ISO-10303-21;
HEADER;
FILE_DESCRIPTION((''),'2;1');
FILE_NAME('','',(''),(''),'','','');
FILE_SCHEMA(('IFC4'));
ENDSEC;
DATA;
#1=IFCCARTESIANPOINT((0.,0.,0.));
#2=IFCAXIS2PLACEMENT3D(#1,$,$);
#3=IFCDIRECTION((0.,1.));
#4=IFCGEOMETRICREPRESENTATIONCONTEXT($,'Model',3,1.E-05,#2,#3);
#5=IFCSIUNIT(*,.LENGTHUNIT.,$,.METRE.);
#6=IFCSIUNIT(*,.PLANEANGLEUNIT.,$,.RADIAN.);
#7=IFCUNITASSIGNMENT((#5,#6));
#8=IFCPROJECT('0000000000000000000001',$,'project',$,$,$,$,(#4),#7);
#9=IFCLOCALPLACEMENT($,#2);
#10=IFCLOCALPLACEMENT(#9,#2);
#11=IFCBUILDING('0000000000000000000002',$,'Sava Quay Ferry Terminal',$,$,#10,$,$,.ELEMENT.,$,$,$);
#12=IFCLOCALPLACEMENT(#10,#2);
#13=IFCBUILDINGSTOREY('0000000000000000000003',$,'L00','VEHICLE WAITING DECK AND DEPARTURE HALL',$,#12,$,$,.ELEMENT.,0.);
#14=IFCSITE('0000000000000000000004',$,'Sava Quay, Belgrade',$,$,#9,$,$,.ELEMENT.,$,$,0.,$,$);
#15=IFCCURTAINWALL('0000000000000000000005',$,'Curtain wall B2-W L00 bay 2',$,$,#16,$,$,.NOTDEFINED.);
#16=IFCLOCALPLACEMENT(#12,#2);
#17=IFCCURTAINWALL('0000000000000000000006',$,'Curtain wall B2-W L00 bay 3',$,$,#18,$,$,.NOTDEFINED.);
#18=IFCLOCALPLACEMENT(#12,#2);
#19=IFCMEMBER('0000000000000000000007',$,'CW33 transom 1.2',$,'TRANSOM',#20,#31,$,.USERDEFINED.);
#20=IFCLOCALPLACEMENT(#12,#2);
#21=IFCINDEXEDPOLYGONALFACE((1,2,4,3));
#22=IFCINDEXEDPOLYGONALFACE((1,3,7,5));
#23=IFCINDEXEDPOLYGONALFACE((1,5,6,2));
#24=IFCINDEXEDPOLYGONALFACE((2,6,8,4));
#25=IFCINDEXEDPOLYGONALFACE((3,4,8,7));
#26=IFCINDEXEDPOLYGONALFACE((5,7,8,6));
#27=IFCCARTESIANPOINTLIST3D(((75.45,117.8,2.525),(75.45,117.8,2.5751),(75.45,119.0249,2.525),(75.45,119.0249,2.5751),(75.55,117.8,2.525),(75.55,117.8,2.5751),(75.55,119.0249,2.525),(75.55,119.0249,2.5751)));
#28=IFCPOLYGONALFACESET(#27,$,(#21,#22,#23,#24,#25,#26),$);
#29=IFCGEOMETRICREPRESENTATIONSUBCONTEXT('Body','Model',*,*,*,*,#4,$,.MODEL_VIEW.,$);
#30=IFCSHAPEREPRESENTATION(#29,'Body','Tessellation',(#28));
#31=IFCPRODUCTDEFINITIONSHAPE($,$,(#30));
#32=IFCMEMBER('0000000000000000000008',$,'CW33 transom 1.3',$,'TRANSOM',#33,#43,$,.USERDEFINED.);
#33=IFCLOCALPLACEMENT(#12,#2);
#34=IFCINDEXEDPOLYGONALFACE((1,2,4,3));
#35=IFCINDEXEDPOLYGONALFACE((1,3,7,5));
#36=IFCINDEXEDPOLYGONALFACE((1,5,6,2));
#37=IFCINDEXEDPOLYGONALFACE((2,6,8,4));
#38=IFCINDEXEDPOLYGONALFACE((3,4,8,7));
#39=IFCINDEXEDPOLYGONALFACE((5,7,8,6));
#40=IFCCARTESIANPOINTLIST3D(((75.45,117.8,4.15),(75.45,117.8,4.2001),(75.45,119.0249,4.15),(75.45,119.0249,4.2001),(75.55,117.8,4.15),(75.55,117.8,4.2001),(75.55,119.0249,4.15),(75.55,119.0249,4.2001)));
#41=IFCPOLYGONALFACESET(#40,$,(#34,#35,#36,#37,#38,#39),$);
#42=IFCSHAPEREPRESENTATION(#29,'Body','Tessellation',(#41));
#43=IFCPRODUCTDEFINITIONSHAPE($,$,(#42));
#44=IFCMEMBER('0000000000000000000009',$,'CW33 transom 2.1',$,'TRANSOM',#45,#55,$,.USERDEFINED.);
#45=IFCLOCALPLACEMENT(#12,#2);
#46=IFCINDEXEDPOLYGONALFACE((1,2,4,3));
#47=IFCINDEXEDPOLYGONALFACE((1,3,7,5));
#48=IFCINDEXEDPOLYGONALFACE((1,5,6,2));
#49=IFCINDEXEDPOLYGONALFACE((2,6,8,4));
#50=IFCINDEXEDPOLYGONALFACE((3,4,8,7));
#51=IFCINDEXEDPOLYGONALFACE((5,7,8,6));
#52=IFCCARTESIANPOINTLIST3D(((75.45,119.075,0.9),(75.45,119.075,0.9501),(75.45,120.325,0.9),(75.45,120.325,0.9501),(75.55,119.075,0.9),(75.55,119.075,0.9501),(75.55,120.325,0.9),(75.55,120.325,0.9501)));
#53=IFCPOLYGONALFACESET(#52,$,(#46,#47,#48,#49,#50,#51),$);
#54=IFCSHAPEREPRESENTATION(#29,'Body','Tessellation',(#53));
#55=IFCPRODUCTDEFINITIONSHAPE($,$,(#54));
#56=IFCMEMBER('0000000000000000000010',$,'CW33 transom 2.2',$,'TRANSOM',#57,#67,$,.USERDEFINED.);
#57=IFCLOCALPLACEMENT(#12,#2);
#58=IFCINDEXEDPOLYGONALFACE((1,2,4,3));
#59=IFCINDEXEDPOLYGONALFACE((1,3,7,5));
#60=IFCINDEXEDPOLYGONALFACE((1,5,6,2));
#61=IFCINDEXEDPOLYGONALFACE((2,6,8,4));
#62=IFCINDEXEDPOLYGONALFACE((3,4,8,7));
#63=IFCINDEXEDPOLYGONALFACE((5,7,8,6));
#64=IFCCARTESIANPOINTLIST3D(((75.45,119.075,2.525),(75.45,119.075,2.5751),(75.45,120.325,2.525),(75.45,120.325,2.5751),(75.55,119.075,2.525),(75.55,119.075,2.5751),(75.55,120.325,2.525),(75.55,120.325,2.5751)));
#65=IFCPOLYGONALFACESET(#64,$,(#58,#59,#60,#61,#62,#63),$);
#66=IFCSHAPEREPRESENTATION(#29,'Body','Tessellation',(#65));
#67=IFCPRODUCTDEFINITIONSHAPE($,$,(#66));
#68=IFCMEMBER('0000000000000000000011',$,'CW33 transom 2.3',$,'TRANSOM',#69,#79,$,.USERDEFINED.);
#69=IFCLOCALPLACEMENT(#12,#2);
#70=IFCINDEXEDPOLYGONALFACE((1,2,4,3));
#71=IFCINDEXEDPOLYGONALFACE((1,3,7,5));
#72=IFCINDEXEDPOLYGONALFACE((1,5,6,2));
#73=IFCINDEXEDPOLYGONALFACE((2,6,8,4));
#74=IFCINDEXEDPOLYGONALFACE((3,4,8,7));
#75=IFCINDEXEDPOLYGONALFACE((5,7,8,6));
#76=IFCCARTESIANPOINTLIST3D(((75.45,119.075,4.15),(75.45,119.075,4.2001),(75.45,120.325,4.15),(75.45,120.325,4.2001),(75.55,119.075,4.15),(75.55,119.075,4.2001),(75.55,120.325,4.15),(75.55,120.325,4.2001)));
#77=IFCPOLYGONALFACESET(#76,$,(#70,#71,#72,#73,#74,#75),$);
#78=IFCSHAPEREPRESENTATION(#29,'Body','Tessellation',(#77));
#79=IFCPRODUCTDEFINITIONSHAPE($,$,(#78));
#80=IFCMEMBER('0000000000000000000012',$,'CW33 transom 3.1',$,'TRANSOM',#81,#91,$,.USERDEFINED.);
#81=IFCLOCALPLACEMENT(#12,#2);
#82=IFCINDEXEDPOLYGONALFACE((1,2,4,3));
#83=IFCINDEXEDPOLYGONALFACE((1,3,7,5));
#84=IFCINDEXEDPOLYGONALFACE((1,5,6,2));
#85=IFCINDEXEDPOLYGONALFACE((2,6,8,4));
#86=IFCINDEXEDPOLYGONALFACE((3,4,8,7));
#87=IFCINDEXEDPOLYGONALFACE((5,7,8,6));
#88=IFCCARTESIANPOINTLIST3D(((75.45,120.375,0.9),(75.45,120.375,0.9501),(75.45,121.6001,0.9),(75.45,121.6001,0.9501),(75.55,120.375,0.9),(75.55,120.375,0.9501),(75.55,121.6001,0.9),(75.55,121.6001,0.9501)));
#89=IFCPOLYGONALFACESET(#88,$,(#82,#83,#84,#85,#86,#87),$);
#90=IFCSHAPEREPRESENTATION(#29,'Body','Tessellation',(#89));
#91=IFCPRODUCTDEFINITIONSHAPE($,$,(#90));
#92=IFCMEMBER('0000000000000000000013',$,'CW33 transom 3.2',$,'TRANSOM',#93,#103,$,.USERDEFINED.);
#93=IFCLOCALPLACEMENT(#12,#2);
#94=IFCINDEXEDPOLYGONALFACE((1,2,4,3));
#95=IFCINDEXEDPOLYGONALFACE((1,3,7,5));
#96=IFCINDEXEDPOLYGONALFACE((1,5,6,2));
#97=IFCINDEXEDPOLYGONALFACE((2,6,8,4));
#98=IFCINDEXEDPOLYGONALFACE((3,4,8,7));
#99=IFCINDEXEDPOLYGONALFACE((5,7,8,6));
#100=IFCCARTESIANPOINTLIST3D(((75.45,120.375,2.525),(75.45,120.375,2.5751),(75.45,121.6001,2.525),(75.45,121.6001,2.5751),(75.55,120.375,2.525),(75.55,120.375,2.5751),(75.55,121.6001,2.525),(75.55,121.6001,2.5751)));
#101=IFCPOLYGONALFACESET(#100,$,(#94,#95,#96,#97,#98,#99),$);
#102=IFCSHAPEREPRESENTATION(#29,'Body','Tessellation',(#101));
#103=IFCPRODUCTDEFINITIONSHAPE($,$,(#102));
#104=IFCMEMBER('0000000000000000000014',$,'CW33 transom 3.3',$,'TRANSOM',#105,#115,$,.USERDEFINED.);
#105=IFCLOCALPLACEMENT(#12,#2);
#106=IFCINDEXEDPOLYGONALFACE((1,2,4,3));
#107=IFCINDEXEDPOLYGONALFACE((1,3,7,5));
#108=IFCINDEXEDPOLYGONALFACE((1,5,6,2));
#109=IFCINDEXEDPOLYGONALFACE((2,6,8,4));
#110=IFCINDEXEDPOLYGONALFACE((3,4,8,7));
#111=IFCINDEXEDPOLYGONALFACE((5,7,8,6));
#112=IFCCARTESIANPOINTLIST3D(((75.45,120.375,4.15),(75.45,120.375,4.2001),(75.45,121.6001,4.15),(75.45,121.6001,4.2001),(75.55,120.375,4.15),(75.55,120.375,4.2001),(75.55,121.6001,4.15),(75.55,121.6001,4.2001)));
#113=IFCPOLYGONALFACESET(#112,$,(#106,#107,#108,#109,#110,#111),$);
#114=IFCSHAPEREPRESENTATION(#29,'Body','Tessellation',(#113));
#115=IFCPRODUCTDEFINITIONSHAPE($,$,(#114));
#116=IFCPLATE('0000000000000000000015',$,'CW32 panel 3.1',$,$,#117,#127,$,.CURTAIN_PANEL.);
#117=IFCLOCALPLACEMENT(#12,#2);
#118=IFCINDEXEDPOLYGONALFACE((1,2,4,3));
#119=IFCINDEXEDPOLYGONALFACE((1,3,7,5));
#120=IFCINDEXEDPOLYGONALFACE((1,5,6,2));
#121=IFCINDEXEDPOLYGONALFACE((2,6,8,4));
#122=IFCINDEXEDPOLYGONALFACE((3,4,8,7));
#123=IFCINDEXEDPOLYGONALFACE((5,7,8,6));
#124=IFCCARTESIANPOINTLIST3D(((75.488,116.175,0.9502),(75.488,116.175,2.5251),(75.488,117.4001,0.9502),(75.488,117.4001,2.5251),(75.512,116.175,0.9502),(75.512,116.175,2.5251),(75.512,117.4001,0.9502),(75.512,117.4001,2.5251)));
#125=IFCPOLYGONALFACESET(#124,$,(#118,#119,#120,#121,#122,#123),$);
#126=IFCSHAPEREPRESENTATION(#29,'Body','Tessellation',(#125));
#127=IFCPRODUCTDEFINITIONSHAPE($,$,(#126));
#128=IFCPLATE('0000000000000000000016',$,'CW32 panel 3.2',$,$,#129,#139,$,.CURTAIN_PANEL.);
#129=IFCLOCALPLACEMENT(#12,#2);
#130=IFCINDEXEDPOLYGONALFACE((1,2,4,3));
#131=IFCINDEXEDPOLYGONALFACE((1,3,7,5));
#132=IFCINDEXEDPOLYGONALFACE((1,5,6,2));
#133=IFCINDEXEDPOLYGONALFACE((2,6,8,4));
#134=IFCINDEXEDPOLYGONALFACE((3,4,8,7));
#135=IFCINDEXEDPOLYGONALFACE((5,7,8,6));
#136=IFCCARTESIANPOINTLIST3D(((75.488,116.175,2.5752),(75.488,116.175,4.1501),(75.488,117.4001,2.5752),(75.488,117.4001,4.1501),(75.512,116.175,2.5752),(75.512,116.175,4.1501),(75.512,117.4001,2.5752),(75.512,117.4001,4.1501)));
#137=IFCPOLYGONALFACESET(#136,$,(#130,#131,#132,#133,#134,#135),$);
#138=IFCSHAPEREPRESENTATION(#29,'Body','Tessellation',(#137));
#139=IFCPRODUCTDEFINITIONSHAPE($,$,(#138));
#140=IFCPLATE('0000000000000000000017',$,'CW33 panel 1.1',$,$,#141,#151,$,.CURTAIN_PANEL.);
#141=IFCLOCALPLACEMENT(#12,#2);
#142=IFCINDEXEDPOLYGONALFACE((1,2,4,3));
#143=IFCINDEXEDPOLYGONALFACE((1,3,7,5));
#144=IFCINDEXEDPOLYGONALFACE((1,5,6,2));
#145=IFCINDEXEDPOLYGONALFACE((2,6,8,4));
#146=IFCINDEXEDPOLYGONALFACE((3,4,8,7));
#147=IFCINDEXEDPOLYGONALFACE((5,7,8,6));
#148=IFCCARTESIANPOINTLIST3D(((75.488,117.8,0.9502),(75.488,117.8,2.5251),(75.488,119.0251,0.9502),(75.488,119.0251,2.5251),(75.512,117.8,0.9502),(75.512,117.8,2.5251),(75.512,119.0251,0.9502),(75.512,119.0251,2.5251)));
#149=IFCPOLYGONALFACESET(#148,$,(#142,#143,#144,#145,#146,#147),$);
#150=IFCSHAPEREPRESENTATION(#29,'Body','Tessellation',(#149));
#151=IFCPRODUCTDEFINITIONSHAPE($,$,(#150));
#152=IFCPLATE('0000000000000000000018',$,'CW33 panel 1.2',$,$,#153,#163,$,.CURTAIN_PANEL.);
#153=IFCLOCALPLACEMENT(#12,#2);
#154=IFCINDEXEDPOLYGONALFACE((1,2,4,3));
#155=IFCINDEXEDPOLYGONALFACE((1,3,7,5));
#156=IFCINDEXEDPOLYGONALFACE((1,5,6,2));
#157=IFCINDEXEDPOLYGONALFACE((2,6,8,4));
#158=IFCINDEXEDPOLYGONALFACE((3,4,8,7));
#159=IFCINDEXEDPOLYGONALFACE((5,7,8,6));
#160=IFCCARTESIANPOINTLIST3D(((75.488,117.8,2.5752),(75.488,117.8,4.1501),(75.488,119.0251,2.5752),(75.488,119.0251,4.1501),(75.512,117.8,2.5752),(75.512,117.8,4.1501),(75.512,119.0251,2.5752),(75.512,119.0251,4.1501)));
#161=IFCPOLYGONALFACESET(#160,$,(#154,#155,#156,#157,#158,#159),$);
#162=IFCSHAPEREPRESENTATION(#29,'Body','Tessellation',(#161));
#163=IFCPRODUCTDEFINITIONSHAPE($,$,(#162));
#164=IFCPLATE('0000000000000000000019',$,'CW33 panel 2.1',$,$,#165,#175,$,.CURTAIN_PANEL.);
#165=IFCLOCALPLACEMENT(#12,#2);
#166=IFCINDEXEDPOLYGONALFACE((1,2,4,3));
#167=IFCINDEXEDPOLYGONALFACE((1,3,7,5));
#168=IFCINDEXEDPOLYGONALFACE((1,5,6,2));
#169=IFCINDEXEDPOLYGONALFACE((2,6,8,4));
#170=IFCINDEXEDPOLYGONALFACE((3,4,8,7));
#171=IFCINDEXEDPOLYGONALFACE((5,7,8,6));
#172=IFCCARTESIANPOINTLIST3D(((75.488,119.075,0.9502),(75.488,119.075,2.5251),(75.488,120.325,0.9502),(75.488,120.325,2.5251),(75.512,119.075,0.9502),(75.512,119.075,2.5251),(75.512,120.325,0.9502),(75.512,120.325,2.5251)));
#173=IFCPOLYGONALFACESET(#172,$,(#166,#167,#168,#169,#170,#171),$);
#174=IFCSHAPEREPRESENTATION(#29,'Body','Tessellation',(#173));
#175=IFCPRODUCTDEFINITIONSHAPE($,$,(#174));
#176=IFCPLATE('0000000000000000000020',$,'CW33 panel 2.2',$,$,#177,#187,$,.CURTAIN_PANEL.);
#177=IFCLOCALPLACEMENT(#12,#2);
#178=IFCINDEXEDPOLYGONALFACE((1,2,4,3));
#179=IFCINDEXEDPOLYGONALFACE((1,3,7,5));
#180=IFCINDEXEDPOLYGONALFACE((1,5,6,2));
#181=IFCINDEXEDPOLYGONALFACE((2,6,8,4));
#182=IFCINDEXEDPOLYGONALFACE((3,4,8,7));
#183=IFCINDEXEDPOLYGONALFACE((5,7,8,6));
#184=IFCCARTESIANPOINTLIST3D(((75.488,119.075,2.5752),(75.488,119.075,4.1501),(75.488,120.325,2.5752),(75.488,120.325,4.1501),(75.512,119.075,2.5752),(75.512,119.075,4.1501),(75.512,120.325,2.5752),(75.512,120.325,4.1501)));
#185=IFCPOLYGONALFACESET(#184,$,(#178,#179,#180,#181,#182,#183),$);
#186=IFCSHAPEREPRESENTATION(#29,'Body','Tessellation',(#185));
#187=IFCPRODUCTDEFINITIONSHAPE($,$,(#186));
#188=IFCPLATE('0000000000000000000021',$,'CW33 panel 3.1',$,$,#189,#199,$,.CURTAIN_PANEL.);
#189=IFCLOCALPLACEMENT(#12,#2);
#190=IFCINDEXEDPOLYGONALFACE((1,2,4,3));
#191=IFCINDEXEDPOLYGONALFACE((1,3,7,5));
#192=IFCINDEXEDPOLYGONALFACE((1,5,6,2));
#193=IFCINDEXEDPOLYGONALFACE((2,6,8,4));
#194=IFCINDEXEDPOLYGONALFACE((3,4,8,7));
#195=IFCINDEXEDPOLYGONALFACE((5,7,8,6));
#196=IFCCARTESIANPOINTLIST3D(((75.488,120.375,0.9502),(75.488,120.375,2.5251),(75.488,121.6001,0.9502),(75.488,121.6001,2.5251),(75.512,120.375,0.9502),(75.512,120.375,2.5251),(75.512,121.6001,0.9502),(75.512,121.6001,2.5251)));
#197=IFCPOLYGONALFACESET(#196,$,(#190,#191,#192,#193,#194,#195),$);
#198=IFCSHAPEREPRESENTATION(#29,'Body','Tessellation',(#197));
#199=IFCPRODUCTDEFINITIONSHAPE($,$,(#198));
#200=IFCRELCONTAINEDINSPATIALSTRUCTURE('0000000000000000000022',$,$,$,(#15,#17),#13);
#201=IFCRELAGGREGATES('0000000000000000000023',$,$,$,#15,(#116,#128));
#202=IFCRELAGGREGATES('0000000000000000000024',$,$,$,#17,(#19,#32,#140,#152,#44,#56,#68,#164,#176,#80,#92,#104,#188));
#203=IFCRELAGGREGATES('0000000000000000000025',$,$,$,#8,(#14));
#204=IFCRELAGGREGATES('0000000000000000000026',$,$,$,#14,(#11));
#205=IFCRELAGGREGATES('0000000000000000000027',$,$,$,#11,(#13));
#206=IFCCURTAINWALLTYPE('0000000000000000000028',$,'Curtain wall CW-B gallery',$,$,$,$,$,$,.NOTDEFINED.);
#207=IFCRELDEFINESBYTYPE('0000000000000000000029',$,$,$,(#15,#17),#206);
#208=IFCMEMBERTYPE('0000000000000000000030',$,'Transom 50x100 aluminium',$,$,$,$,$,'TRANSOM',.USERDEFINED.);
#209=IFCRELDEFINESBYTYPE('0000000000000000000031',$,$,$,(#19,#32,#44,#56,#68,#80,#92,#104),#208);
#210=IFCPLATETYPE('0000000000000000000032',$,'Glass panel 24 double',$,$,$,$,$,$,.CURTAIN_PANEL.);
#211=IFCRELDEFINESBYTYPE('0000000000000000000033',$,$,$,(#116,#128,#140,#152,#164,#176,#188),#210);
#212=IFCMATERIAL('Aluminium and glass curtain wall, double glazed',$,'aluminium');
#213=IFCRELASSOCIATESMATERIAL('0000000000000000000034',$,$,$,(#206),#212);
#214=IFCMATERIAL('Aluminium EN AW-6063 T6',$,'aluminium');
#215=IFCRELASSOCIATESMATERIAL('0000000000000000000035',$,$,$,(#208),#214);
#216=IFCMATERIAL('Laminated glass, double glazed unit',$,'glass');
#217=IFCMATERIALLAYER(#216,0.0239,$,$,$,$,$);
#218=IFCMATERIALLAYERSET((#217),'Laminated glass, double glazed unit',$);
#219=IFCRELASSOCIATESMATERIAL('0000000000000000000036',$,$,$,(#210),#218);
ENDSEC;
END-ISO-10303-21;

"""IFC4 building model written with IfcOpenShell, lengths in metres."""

from ifc_helpers import new_model, si_unit, direction, frame, origin, origin_2d, place, context, subcontext, project, spatial, rectangle, extrude, material, layer, layer_set, material_profile, profile_set, type_object, element, aggregate, save


model = new_model("IFC4")

# Units and contexts
model_context = context("Model", 3, precision=1e-05, world=origin(), true_north=direction((0.0, 1.0)))
body_context = subcontext(model_context, "Body", "Model", "MODEL_VIEW")
ifc_project = project(units=[si_unit("LENGTHUNIT", "METRE"), si_unit("PLANEANGLEUNIT", "RADIAN")], contexts=[model_context])

# Site, building, storey
site_placement = place(None, origin())
site = spatial("IfcSite", under=ifc_project, at=site_placement, Name="Sava Quay, Belgrade", CompositionType="ELEMENT", RefElevation=0.0)
building_placement = place(site_placement, origin())
building = spatial("IfcBuilding", under=site, at=building_placement, Name="Sava Quay Ferry Terminal", CompositionType="ELEMENT")
storey_placement = place(building_placement, origin())
storey = spatial("IfcBuildingStorey", under=building, at=storey_placement, Name="L00", Description="VEHICLE WAITING DECK AND DEPARTURE HALL", CompositionType="ELEMENT", Elevation=0.0)

# Curtain walls
ifc_material_1 = material(Name="Aluminium and glass curtain wall, double glazed", Category="aluminium")
curtain_wall_type = type_object("IfcCurtainWallType", Name="Curtain wall CW-B gallery", PredefinedType="NOTDEFINED", material=ifc_material_1)
curtain_wall_1_placement = place(storey_placement, origin())
curtain_wall_1 = element("IfcCurtainWall", 1, at=curtain_wall_1_placement, inside=storey, type_object=curtain_wall_type, Name="Curtain wall B2-W L00 bay 2", PredefinedType="NOTDEFINED")
curtain_wall_2_placement = place(storey_placement, origin())
curtain_wall_2 = element("IfcCurtainWall", 2, at=curtain_wall_2_placement, inside=storey, type_object=curtain_wall_type, Name="Curtain wall B2-W L00 bay 3", PredefinedType="NOTDEFINED")

# Members
ifc_material_2 = material(Name="Aluminium EN AW-6063 T6", Category="aluminium")
ifc_material_profile_1 = material_profile(ifc_material_2, rectangle(XDim=0.1001, YDim=0.05, at=origin_2d()), Name="Transom 50x100 aluminium")
ifc_profile_set_1 = profile_set([ifc_material_profile_1], Name="Aluminium EN AW-6063 T6")
member_type_1 = type_object("IfcMemberType", Name="Transom 50x100 aluminium", ElementType="TRANSOM", PredefinedType="USERDEFINED", material=ifc_profile_set_1)
member_1_placement = place(storey_placement, frame((75.5, 117.8, 2.55), z_axis=(0.0, 1.0, 0.0), x_axis=(-1.0, 0.0, 0.0)))
member_1 = element("IfcMember", 3, at=member_1_placement, type_object=member_type_1, Name="CW33 transom 1.2", ObjectType="TRANSOM", PredefinedType="USERDEFINED", context=body_context, shape_type="SweptSolid", body=[
    extrude(rectangle(XDim=0.1001, YDim=0.05, at=origin_2d()), origin(), (0.0, 0.0, 1.0), 1.2249),
])
member_2_placement = place(storey_placement, frame((75.5, 117.8, 4.175), z_axis=(0.0, 1.0, 0.0), x_axis=(-1.0, 0.0, 0.0)))
member_2 = element("IfcMember", 4, at=member_2_placement, type_object=member_type_1, Name="CW33 transom 1.3", ObjectType="TRANSOM", PredefinedType="USERDEFINED", context=body_context, shape_type="SweptSolid", body=[
    extrude(rectangle(XDim=0.1001, YDim=0.05, at=origin_2d()), origin(), (0.0, 0.0, 1.0), 1.2249),
])
member_3_placement = place(storey_placement, frame((75.5, 119.075, 0.925), z_axis=(0.0, 1.0, 0.0), x_axis=(-1.0, 0.0, 0.0)))
member_3 = element("IfcMember", 5, at=member_3_placement, type_object=member_type_1, Name="CW33 transom 2.1", ObjectType="TRANSOM", PredefinedType="USERDEFINED", context=body_context, shape_type="SweptSolid", body=[
    extrude(rectangle(XDim=0.1001, YDim=0.05, at=origin_2d()), origin(), (0.0, 0.0, 1.0), 1.25),
])
member_4_placement = place(storey_placement, frame((75.5, 119.075, 2.55), z_axis=(0.0, 1.0, 0.0), x_axis=(-1.0, 0.0, 0.0)))
member_4 = element("IfcMember", 6, at=member_4_placement, type_object=member_type_1, Name="CW33 transom 2.2", ObjectType="TRANSOM", PredefinedType="USERDEFINED", context=body_context, shape_type="SweptSolid", body=[
    extrude(rectangle(XDim=0.1001, YDim=0.05, at=origin_2d()), origin(), (0.0, 0.0, 1.0), 1.25),
])
member_5_placement = place(storey_placement, frame((75.5, 119.075, 4.175), z_axis=(0.0, 1.0, 0.0), x_axis=(-1.0, 0.0, 0.0)))
member_5 = element("IfcMember", 7, at=member_5_placement, type_object=member_type_1, Name="CW33 transom 2.3", ObjectType="TRANSOM", PredefinedType="USERDEFINED", context=body_context, shape_type="SweptSolid", body=[
    extrude(rectangle(XDim=0.1001, YDim=0.05, at=origin_2d()), origin(), (0.0, 0.0, 1.0), 1.25),
])
member_6_placement = place(storey_placement, frame((75.5, 120.375, 0.925), z_axis=(0.0, 1.0, 0.0), x_axis=(-1.0, 0.0, 0.0)))
member_6 = element("IfcMember", 8, at=member_6_placement, type_object=member_type_1, Name="CW33 transom 3.1", ObjectType="TRANSOM", PredefinedType="USERDEFINED", context=body_context, shape_type="SweptSolid", body=[
    extrude(rectangle(XDim=0.1001, YDim=0.05, at=origin_2d()), origin(), (0.0, 0.0, 1.0), 1.2251),
])
member_7_placement = place(storey_placement, frame((75.5, 120.375, 2.55), z_axis=(0.0, 1.0, 0.0), x_axis=(-1.0, 0.0, 0.0)))
member_7 = element("IfcMember", 9, at=member_7_placement, type_object=member_type_1, Name="CW33 transom 3.2", ObjectType="TRANSOM", PredefinedType="USERDEFINED", context=body_context, shape_type="SweptSolid", body=[
    extrude(rectangle(XDim=0.1001, YDim=0.05, at=origin_2d()), origin(), (0.0, 0.0, 1.0), 1.2251),
])
member_8_placement = place(storey_placement, frame((75.5, 120.375, 4.175), z_axis=(0.0, 1.0, 0.0), x_axis=(-1.0, 0.0, 0.0)))
member_8 = element("IfcMember", 10, at=member_8_placement, type_object=member_type_1, Name="CW33 transom 3.3", ObjectType="TRANSOM", PredefinedType="USERDEFINED", context=body_context, shape_type="SweptSolid", body=[
    extrude(rectangle(XDim=0.1001, YDim=0.05, at=origin_2d()), origin(), (0.0, 0.0, 1.0), 1.2251),
])

# Plates
ifc_material_3 = material(Name="Laminated glass, double glazed unit", Category="glass")
ifc_layer_1 = layer(ifc_material_3, 0.0239)
ifc_layer_set_1 = layer_set([ifc_layer_1], Name="Laminated glass, double glazed unit")
plate_type = type_object("IfcPlateType", Name="Glass panel 24 double", PredefinedType="CURTAIN_PANEL", material=ifc_layer_set_1)
plate_1_placement = place(storey_placement, frame((75.5, 116.7876, 0.9502), z_axis=(0.0, 0.0, 1.0), x_axis=(0.0, 1.0, 0.0)))
plate_1 = element("IfcPlate", 11, at=plate_1_placement, type_object=plate_type, Name="CW32 panel 3.1", PredefinedType="CURTAIN_PANEL", context=body_context, shape_type="SweptSolid", body=[
    extrude(rectangle(XDim=1.2251, YDim=0.0239, at=origin_2d()), origin(), (0.0, 0.0, 1.0), 1.575),
])
plate_2_placement = place(storey_placement, frame((75.5, 116.7876, 2.5752), z_axis=(0.0, 0.0, 1.0), x_axis=(0.0, 1.0, 0.0)))
plate_2 = element("IfcPlate", 12, at=plate_2_placement, type_object=plate_type, Name="CW32 panel 3.2", PredefinedType="CURTAIN_PANEL", context=body_context, shape_type="SweptSolid", body=[
    extrude(rectangle(XDim=1.2251, YDim=0.0239, at=origin_2d()), origin(), (0.0, 0.0, 1.0), 1.575),
])
aggregate(curtain_wall_1, [plate_1, plate_2])
plate_3_placement = place(storey_placement, frame((75.5, 118.4126, 0.9502), z_axis=(0.0, 0.0, 1.0), x_axis=(0.0, 1.0, 0.0)))
plate_3 = element("IfcPlate", 13, at=plate_3_placement, type_object=plate_type, Name="CW33 panel 1.1", PredefinedType="CURTAIN_PANEL", context=body_context, shape_type="SweptSolid", body=[
    extrude(rectangle(XDim=1.2251, YDim=0.0239, at=origin_2d()), origin(), (0.0, 0.0, 1.0), 1.575),
])
plate_4_placement = place(storey_placement, frame((75.5, 118.4126, 2.5752), z_axis=(0.0, 0.0, 1.0), x_axis=(0.0, 1.0, 0.0)))
plate_4 = element("IfcPlate", 14, at=plate_4_placement, type_object=plate_type, Name="CW33 panel 1.2", PredefinedType="CURTAIN_PANEL", context=body_context, shape_type="SweptSolid", body=[
    extrude(rectangle(XDim=1.2251, YDim=0.0239, at=origin_2d()), origin(), (0.0, 0.0, 1.0), 1.575),
])
plate_5_placement = place(storey_placement, frame((75.5, 119.7, 0.9502), z_axis=(0.0, 0.0, 1.0), x_axis=(0.0, 1.0, 0.0)))
plate_5 = element("IfcPlate", 15, at=plate_5_placement, type_object=plate_type, Name="CW33 panel 2.1", PredefinedType="CURTAIN_PANEL", context=body_context, shape_type="SweptSolid", body=[
    extrude(rectangle(XDim=1.25, YDim=0.0239, at=origin_2d()), origin(), (0.0, 0.0, 1.0), 1.575),
])
plate_6_placement = place(storey_placement, frame((75.5, 119.7, 2.5752), z_axis=(0.0, 0.0, 1.0), x_axis=(0.0, 1.0, 0.0)))
plate_6 = element("IfcPlate", 16, at=plate_6_placement, type_object=plate_type, Name="CW33 panel 2.2", PredefinedType="CURTAIN_PANEL", context=body_context, shape_type="SweptSolid", body=[
    extrude(rectangle(XDim=1.25, YDim=0.0239, at=origin_2d()), origin(), (0.0, 0.0, 1.0), 1.575),
])
plate_7_placement = place(storey_placement, frame((75.5, 120.9875, 0.9502), z_axis=(0.0, 0.0, 1.0), x_axis=(0.0, 1.0, 0.0)))
plate_7 = element("IfcPlate", 17, at=plate_7_placement, type_object=plate_type, Name="CW33 panel 3.1", PredefinedType="CURTAIN_PANEL", context=body_context, shape_type="SweptSolid", body=[
    extrude(rectangle(XDim=1.2251, YDim=0.0239, at=origin_2d()), origin(), (0.0, 0.0, 1.0), 1.575),
])
aggregate(curtain_wall_2, [member_1, member_2, plate_3, plate_4, member_3, member_4, member_5, plate_5, plate_6, member_6, member_7, member_8, plate_7])

save(model, "model.ifc")
